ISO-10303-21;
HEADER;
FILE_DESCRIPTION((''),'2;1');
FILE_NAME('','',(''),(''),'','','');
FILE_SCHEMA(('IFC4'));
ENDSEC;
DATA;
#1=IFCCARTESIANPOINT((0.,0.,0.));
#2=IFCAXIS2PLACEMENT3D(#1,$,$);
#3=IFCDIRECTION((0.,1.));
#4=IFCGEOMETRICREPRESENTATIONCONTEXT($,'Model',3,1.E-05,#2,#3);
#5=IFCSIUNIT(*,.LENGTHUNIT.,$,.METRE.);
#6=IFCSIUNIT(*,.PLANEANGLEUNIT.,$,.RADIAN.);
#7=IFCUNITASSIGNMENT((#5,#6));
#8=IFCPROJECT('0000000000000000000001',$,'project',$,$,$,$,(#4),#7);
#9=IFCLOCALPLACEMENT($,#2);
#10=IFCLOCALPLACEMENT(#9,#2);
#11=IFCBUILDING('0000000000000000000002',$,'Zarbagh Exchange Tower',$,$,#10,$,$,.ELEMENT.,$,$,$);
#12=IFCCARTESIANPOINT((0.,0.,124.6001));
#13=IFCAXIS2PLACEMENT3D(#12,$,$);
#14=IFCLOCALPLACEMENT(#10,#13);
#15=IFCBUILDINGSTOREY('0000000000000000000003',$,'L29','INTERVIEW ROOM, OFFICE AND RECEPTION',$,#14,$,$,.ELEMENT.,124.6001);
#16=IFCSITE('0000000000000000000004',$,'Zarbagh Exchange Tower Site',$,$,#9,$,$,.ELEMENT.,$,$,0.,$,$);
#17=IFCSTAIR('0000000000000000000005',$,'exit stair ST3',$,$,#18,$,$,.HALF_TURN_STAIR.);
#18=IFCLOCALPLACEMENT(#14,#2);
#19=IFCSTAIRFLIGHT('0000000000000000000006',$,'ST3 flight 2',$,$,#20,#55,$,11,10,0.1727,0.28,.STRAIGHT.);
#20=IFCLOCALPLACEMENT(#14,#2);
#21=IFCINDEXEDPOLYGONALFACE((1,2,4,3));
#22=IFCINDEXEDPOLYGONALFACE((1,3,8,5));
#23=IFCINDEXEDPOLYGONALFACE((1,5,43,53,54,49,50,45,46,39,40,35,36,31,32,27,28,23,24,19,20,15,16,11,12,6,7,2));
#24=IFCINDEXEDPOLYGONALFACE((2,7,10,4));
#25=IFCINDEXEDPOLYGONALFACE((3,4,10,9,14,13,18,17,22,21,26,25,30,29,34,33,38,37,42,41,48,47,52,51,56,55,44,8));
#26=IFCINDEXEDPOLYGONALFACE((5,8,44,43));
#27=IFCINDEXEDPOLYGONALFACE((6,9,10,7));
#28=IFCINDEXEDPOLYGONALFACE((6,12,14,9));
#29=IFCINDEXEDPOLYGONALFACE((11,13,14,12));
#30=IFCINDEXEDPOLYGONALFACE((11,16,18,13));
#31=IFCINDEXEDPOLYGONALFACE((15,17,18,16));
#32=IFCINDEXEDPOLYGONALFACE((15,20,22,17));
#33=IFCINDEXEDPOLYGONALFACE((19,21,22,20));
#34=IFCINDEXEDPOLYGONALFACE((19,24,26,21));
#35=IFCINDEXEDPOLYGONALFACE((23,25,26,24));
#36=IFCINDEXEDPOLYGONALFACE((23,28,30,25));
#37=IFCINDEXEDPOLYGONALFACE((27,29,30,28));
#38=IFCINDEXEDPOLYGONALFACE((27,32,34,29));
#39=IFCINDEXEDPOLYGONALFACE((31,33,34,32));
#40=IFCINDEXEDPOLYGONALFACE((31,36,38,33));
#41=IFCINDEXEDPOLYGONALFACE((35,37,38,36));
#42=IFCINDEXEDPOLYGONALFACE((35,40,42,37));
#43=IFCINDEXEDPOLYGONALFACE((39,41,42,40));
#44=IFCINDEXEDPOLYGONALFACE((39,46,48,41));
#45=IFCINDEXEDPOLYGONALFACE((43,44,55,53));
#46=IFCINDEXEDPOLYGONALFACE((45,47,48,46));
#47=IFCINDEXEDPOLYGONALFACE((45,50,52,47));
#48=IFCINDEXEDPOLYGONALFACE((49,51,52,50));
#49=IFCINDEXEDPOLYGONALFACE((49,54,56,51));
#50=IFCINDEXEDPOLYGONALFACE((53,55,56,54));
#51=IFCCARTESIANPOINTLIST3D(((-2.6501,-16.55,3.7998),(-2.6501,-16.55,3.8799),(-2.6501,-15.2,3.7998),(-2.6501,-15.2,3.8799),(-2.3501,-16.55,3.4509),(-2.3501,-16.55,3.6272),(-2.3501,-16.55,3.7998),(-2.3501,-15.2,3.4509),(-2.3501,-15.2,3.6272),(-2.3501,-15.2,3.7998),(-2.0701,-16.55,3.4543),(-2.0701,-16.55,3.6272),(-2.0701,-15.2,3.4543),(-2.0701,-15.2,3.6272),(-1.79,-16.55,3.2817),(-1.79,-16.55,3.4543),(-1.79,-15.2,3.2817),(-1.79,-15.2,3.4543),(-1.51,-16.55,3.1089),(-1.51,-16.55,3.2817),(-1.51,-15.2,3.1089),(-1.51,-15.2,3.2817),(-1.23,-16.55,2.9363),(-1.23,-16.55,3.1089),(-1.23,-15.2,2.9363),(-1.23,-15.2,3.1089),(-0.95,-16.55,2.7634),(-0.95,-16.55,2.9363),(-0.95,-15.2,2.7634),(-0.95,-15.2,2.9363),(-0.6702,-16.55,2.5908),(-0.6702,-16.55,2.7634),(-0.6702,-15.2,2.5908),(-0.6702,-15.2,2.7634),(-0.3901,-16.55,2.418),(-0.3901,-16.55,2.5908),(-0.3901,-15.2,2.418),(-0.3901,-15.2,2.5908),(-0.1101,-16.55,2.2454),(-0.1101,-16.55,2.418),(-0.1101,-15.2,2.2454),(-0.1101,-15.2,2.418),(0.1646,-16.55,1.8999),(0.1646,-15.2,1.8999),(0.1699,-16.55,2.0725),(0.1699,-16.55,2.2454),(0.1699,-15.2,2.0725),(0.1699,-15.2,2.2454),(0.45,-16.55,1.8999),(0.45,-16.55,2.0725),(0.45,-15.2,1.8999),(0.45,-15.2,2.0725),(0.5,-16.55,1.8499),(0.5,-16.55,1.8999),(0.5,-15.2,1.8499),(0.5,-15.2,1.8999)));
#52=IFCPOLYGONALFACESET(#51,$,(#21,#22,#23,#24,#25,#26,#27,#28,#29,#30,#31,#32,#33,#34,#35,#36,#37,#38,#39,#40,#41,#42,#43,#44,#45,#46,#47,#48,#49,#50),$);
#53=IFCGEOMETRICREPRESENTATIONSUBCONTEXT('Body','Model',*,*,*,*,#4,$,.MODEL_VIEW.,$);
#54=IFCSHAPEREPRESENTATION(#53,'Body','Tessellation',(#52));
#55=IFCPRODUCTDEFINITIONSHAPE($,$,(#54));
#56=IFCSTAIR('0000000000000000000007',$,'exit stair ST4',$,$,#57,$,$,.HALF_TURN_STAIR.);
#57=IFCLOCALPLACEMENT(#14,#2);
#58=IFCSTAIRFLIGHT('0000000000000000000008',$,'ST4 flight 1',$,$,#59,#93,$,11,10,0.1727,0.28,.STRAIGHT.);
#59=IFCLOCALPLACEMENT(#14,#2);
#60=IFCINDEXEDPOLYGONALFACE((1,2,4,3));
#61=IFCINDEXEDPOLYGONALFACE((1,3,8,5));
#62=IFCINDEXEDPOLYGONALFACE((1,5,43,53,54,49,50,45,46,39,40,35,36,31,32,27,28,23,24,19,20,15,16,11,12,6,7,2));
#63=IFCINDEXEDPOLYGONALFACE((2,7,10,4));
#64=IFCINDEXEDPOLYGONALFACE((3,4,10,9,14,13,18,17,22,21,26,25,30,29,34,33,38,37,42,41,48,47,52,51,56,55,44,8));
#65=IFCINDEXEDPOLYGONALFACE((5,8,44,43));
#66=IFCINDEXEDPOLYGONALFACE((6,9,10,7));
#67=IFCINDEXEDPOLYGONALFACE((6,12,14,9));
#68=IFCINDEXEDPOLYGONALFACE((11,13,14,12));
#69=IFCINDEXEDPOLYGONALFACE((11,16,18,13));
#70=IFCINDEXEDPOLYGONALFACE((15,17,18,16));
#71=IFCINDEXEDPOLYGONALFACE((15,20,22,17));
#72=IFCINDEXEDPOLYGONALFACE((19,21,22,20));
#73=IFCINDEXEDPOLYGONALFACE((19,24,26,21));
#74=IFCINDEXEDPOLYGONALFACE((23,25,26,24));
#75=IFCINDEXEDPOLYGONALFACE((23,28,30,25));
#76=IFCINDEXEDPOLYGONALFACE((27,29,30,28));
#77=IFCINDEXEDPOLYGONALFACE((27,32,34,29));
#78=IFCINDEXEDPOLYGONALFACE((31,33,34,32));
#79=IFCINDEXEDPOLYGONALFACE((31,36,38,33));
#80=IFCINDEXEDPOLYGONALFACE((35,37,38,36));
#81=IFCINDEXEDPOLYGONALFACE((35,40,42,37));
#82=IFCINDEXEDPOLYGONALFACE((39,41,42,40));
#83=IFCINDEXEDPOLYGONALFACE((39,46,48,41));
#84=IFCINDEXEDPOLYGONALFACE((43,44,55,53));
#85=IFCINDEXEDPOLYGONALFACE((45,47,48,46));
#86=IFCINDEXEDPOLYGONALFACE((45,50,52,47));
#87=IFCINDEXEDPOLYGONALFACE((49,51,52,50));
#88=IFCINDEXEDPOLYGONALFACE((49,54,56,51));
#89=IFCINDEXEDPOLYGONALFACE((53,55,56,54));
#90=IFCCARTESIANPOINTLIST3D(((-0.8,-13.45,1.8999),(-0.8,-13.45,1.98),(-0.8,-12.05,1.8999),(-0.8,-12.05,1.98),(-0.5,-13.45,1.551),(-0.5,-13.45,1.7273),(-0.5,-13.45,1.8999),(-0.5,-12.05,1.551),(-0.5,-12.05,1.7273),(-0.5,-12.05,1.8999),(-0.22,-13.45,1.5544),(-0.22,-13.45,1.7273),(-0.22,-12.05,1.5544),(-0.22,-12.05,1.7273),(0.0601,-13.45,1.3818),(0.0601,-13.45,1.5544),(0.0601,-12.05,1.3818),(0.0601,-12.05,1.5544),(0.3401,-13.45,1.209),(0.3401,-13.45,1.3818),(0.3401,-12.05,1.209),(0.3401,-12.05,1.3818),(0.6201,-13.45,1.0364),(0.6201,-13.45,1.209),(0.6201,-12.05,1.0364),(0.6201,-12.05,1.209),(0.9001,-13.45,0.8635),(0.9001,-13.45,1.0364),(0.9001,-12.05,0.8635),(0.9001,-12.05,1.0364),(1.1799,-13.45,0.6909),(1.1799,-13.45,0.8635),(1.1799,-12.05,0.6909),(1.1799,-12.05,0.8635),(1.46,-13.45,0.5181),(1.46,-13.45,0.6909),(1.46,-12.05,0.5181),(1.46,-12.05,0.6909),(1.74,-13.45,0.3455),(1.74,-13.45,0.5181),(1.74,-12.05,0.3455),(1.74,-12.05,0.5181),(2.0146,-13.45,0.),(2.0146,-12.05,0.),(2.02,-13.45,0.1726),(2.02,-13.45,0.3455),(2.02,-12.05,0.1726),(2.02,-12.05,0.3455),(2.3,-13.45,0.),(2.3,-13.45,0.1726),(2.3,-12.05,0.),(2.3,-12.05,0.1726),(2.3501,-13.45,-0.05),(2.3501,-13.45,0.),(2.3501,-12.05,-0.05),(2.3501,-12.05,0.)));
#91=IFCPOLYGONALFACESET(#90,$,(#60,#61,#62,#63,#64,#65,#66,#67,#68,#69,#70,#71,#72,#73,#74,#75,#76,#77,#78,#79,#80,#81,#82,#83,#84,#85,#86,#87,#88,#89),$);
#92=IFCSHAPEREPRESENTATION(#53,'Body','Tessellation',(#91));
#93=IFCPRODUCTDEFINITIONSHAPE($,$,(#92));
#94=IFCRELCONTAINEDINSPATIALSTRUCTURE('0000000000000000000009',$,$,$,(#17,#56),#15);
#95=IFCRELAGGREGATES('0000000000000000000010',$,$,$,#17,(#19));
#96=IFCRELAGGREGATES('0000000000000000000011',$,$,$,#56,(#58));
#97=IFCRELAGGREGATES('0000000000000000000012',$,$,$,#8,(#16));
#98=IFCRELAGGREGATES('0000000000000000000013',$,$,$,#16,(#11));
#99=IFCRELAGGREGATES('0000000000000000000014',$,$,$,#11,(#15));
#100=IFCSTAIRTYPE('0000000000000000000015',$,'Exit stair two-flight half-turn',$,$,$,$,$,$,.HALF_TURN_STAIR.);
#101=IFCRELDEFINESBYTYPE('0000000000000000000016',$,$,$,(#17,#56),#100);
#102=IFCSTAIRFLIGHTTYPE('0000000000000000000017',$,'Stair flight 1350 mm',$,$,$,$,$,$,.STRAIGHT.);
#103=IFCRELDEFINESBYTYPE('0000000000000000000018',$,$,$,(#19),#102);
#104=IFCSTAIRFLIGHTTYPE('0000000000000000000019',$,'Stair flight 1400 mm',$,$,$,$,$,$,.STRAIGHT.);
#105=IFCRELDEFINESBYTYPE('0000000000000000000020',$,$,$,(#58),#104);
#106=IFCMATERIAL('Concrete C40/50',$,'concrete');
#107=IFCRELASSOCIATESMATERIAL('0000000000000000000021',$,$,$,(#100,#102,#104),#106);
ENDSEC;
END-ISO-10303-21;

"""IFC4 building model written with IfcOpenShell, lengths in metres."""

from ifc_helpers import new_model, si_unit, direction, frame, origin, place, context, subcontext, project, spatial, polyline, outline, extrude, material, type_object, element, aggregate, save


model = new_model("IFC4")

# Units and contexts
model_context = context("Model", 3, precision=1e-05, world=origin(), true_north=direction((0.0, 1.0)))
body_context = subcontext(model_context, "Body", "Model", "MODEL_VIEW")
ifc_project = project(units=[si_unit("LENGTHUNIT", "METRE"), si_unit("PLANEANGLEUNIT", "RADIAN")], contexts=[model_context])

# Site, building, storey
site_placement = place(None, origin())
site = spatial("IfcSite", under=ifc_project, at=site_placement, Name="Zarbagh Exchange Tower Site", CompositionType="ELEMENT", RefElevation=0.0)
building_placement = place(site_placement, origin())
building = spatial("IfcBuilding", under=site, at=building_placement, Name="Zarbagh Exchange Tower", CompositionType="ELEMENT")
storey_placement = place(building_placement, frame((0.0, 0.0, 124.6001)))
storey = spatial("IfcBuildingStorey", under=building, at=storey_placement, Name="L29", Description="INTERVIEW ROOM, OFFICE AND RECEPTION", CompositionType="ELEMENT", Elevation=124.6001)

# Shared definitions
ifc_material_1 = material(Name="Concrete C40/50", Category="concrete")

# Stairs, stair flights
stair_type = type_object("IfcStairType", Name="Exit stair two-flight half-turn", PredefinedType="HALF_TURN_STAIR", material=ifc_material_1)
stair_1_placement = place(storey_placement, origin())
stair_1 = element("IfcStair", 1, at=stair_1_placement, inside=storey, type_object=stair_type, Name="exit stair ST3", PredefinedType="HALF_TURN_STAIR")
stair_flight_type_1 = type_object("IfcStairFlightType", Name="Stair flight 1350 mm", PredefinedType="STRAIGHT", material=ifc_material_1)
stair_flight_1_placement = place(storey_placement, frame((0.45, -15.875, 1.8999), z_axis=(0.0, 0.0, 1.0), x_axis=(-1.0, 0.0, 0.0)))
stair_flight_1 = element("IfcStairFlight", 2, at=stair_flight_1_placement, type_object=stair_flight_type_1, Name="ST3 flight 2", NumberOfRisers=11, NumberOfTreads=10, PredefinedType="STRAIGHT", RiserHeight=0.1727, TreadLength=0.28, context=body_context, shape_type="SweptSolid", body=[
    extrude(outline(polyline([(-0.05, -0.05), (-0.05, 0.0), (0.0, 0.0), (0.0, 0.1726), (0.28, 0.1726), (0.28, 0.3455), (0.5601, 0.3455), (0.5601, 0.5181), (0.8401, 0.5181), (0.8401, 0.6909), (1.1201, 0.6909), (1.1201, 0.8635), (1.3999, 0.8635), (1.3999, 1.0364), (1.6799, 1.0364), (1.6799, 1.209), (1.96, 1.209), (1.96, 1.3818), (2.24, 1.3818), (2.24, 1.5544), (2.52, 1.5544), (2.52, 1.7273), (2.8, 1.7273), (2.8, 1.8999), (3.1001, 1.98), (3.1001, 1.8999), (2.8, 1.551), (0.2854, 0.0), (-0.05, -0.05)])), frame((0.0, 0.675, 0.0), z_axis=(0.0, -1.0, 0.0), x_axis=(1.0, 0.0, 0.0)), (0.0, 0.0, 1.0), 1.3501),
])
aggregate(stair_1, [stair_flight_1])
stair_2_placement = place(storey_placement, origin())
stair_2 = element("IfcStair", 3, at=stair_2_placement, inside=storey, type_object=stair_type, Name="exit stair ST4", PredefinedType="HALF_TURN_STAIR")
stair_flight_type_2 = type_object("IfcStairFlightType", Name="Stair flight 1400 mm", PredefinedType="STRAIGHT", material=ifc_material_1)
stair_flight_2_placement = place(storey_placement, frame((2.3, -12.75, 0.0), z_axis=(0.0, 0.0, 1.0), x_axis=(-1.0, 0.0, 0.0)))
stair_flight_2 = element("IfcStairFlight", 4, at=stair_flight_2_placement, type_object=stair_flight_type_2, Name="ST4 flight 1", NumberOfRisers=11, NumberOfTreads=10, PredefinedType="STRAIGHT", RiserHeight=0.1727, TreadLength=0.28, context=body_context, shape_type="SweptSolid", body=[
    extrude(outline(polyline([(-0.05, -0.05), (-0.05, 0.0), (0.0, 0.0), (0.0, 0.1726), (0.28, 0.1726), (0.28, 0.3455), (0.5601, 0.3455), (0.5601, 0.5181), (0.8401, 0.5181), (0.8401, 0.6909), (1.1201, 0.6909), (1.1201, 0.8635), (1.3999, 0.8635), (1.3999, 1.0364), (1.6799, 1.0364), (1.6799, 1.209), (1.96, 1.209), (1.96, 1.3818), (2.24, 1.3818), (2.24, 1.5544), (2.52, 1.5544), (2.52, 1.7273), (2.8, 1.7273), (2.8, 1.8999), (3.1001, 1.98), (3.1001, 1.8999), (2.8, 1.551), (0.2854, 0.0), (-0.05, -0.05)])), frame((0.0, 0.7, 0.0), z_axis=(0.0, -1.0, 0.0), x_axis=(1.0, 0.0, 0.0)), (0.0, 0.0, 1.0), 1.3999),
])
aggregate(stair_2, [stair_flight_2])

save(model, "model.ifc")
